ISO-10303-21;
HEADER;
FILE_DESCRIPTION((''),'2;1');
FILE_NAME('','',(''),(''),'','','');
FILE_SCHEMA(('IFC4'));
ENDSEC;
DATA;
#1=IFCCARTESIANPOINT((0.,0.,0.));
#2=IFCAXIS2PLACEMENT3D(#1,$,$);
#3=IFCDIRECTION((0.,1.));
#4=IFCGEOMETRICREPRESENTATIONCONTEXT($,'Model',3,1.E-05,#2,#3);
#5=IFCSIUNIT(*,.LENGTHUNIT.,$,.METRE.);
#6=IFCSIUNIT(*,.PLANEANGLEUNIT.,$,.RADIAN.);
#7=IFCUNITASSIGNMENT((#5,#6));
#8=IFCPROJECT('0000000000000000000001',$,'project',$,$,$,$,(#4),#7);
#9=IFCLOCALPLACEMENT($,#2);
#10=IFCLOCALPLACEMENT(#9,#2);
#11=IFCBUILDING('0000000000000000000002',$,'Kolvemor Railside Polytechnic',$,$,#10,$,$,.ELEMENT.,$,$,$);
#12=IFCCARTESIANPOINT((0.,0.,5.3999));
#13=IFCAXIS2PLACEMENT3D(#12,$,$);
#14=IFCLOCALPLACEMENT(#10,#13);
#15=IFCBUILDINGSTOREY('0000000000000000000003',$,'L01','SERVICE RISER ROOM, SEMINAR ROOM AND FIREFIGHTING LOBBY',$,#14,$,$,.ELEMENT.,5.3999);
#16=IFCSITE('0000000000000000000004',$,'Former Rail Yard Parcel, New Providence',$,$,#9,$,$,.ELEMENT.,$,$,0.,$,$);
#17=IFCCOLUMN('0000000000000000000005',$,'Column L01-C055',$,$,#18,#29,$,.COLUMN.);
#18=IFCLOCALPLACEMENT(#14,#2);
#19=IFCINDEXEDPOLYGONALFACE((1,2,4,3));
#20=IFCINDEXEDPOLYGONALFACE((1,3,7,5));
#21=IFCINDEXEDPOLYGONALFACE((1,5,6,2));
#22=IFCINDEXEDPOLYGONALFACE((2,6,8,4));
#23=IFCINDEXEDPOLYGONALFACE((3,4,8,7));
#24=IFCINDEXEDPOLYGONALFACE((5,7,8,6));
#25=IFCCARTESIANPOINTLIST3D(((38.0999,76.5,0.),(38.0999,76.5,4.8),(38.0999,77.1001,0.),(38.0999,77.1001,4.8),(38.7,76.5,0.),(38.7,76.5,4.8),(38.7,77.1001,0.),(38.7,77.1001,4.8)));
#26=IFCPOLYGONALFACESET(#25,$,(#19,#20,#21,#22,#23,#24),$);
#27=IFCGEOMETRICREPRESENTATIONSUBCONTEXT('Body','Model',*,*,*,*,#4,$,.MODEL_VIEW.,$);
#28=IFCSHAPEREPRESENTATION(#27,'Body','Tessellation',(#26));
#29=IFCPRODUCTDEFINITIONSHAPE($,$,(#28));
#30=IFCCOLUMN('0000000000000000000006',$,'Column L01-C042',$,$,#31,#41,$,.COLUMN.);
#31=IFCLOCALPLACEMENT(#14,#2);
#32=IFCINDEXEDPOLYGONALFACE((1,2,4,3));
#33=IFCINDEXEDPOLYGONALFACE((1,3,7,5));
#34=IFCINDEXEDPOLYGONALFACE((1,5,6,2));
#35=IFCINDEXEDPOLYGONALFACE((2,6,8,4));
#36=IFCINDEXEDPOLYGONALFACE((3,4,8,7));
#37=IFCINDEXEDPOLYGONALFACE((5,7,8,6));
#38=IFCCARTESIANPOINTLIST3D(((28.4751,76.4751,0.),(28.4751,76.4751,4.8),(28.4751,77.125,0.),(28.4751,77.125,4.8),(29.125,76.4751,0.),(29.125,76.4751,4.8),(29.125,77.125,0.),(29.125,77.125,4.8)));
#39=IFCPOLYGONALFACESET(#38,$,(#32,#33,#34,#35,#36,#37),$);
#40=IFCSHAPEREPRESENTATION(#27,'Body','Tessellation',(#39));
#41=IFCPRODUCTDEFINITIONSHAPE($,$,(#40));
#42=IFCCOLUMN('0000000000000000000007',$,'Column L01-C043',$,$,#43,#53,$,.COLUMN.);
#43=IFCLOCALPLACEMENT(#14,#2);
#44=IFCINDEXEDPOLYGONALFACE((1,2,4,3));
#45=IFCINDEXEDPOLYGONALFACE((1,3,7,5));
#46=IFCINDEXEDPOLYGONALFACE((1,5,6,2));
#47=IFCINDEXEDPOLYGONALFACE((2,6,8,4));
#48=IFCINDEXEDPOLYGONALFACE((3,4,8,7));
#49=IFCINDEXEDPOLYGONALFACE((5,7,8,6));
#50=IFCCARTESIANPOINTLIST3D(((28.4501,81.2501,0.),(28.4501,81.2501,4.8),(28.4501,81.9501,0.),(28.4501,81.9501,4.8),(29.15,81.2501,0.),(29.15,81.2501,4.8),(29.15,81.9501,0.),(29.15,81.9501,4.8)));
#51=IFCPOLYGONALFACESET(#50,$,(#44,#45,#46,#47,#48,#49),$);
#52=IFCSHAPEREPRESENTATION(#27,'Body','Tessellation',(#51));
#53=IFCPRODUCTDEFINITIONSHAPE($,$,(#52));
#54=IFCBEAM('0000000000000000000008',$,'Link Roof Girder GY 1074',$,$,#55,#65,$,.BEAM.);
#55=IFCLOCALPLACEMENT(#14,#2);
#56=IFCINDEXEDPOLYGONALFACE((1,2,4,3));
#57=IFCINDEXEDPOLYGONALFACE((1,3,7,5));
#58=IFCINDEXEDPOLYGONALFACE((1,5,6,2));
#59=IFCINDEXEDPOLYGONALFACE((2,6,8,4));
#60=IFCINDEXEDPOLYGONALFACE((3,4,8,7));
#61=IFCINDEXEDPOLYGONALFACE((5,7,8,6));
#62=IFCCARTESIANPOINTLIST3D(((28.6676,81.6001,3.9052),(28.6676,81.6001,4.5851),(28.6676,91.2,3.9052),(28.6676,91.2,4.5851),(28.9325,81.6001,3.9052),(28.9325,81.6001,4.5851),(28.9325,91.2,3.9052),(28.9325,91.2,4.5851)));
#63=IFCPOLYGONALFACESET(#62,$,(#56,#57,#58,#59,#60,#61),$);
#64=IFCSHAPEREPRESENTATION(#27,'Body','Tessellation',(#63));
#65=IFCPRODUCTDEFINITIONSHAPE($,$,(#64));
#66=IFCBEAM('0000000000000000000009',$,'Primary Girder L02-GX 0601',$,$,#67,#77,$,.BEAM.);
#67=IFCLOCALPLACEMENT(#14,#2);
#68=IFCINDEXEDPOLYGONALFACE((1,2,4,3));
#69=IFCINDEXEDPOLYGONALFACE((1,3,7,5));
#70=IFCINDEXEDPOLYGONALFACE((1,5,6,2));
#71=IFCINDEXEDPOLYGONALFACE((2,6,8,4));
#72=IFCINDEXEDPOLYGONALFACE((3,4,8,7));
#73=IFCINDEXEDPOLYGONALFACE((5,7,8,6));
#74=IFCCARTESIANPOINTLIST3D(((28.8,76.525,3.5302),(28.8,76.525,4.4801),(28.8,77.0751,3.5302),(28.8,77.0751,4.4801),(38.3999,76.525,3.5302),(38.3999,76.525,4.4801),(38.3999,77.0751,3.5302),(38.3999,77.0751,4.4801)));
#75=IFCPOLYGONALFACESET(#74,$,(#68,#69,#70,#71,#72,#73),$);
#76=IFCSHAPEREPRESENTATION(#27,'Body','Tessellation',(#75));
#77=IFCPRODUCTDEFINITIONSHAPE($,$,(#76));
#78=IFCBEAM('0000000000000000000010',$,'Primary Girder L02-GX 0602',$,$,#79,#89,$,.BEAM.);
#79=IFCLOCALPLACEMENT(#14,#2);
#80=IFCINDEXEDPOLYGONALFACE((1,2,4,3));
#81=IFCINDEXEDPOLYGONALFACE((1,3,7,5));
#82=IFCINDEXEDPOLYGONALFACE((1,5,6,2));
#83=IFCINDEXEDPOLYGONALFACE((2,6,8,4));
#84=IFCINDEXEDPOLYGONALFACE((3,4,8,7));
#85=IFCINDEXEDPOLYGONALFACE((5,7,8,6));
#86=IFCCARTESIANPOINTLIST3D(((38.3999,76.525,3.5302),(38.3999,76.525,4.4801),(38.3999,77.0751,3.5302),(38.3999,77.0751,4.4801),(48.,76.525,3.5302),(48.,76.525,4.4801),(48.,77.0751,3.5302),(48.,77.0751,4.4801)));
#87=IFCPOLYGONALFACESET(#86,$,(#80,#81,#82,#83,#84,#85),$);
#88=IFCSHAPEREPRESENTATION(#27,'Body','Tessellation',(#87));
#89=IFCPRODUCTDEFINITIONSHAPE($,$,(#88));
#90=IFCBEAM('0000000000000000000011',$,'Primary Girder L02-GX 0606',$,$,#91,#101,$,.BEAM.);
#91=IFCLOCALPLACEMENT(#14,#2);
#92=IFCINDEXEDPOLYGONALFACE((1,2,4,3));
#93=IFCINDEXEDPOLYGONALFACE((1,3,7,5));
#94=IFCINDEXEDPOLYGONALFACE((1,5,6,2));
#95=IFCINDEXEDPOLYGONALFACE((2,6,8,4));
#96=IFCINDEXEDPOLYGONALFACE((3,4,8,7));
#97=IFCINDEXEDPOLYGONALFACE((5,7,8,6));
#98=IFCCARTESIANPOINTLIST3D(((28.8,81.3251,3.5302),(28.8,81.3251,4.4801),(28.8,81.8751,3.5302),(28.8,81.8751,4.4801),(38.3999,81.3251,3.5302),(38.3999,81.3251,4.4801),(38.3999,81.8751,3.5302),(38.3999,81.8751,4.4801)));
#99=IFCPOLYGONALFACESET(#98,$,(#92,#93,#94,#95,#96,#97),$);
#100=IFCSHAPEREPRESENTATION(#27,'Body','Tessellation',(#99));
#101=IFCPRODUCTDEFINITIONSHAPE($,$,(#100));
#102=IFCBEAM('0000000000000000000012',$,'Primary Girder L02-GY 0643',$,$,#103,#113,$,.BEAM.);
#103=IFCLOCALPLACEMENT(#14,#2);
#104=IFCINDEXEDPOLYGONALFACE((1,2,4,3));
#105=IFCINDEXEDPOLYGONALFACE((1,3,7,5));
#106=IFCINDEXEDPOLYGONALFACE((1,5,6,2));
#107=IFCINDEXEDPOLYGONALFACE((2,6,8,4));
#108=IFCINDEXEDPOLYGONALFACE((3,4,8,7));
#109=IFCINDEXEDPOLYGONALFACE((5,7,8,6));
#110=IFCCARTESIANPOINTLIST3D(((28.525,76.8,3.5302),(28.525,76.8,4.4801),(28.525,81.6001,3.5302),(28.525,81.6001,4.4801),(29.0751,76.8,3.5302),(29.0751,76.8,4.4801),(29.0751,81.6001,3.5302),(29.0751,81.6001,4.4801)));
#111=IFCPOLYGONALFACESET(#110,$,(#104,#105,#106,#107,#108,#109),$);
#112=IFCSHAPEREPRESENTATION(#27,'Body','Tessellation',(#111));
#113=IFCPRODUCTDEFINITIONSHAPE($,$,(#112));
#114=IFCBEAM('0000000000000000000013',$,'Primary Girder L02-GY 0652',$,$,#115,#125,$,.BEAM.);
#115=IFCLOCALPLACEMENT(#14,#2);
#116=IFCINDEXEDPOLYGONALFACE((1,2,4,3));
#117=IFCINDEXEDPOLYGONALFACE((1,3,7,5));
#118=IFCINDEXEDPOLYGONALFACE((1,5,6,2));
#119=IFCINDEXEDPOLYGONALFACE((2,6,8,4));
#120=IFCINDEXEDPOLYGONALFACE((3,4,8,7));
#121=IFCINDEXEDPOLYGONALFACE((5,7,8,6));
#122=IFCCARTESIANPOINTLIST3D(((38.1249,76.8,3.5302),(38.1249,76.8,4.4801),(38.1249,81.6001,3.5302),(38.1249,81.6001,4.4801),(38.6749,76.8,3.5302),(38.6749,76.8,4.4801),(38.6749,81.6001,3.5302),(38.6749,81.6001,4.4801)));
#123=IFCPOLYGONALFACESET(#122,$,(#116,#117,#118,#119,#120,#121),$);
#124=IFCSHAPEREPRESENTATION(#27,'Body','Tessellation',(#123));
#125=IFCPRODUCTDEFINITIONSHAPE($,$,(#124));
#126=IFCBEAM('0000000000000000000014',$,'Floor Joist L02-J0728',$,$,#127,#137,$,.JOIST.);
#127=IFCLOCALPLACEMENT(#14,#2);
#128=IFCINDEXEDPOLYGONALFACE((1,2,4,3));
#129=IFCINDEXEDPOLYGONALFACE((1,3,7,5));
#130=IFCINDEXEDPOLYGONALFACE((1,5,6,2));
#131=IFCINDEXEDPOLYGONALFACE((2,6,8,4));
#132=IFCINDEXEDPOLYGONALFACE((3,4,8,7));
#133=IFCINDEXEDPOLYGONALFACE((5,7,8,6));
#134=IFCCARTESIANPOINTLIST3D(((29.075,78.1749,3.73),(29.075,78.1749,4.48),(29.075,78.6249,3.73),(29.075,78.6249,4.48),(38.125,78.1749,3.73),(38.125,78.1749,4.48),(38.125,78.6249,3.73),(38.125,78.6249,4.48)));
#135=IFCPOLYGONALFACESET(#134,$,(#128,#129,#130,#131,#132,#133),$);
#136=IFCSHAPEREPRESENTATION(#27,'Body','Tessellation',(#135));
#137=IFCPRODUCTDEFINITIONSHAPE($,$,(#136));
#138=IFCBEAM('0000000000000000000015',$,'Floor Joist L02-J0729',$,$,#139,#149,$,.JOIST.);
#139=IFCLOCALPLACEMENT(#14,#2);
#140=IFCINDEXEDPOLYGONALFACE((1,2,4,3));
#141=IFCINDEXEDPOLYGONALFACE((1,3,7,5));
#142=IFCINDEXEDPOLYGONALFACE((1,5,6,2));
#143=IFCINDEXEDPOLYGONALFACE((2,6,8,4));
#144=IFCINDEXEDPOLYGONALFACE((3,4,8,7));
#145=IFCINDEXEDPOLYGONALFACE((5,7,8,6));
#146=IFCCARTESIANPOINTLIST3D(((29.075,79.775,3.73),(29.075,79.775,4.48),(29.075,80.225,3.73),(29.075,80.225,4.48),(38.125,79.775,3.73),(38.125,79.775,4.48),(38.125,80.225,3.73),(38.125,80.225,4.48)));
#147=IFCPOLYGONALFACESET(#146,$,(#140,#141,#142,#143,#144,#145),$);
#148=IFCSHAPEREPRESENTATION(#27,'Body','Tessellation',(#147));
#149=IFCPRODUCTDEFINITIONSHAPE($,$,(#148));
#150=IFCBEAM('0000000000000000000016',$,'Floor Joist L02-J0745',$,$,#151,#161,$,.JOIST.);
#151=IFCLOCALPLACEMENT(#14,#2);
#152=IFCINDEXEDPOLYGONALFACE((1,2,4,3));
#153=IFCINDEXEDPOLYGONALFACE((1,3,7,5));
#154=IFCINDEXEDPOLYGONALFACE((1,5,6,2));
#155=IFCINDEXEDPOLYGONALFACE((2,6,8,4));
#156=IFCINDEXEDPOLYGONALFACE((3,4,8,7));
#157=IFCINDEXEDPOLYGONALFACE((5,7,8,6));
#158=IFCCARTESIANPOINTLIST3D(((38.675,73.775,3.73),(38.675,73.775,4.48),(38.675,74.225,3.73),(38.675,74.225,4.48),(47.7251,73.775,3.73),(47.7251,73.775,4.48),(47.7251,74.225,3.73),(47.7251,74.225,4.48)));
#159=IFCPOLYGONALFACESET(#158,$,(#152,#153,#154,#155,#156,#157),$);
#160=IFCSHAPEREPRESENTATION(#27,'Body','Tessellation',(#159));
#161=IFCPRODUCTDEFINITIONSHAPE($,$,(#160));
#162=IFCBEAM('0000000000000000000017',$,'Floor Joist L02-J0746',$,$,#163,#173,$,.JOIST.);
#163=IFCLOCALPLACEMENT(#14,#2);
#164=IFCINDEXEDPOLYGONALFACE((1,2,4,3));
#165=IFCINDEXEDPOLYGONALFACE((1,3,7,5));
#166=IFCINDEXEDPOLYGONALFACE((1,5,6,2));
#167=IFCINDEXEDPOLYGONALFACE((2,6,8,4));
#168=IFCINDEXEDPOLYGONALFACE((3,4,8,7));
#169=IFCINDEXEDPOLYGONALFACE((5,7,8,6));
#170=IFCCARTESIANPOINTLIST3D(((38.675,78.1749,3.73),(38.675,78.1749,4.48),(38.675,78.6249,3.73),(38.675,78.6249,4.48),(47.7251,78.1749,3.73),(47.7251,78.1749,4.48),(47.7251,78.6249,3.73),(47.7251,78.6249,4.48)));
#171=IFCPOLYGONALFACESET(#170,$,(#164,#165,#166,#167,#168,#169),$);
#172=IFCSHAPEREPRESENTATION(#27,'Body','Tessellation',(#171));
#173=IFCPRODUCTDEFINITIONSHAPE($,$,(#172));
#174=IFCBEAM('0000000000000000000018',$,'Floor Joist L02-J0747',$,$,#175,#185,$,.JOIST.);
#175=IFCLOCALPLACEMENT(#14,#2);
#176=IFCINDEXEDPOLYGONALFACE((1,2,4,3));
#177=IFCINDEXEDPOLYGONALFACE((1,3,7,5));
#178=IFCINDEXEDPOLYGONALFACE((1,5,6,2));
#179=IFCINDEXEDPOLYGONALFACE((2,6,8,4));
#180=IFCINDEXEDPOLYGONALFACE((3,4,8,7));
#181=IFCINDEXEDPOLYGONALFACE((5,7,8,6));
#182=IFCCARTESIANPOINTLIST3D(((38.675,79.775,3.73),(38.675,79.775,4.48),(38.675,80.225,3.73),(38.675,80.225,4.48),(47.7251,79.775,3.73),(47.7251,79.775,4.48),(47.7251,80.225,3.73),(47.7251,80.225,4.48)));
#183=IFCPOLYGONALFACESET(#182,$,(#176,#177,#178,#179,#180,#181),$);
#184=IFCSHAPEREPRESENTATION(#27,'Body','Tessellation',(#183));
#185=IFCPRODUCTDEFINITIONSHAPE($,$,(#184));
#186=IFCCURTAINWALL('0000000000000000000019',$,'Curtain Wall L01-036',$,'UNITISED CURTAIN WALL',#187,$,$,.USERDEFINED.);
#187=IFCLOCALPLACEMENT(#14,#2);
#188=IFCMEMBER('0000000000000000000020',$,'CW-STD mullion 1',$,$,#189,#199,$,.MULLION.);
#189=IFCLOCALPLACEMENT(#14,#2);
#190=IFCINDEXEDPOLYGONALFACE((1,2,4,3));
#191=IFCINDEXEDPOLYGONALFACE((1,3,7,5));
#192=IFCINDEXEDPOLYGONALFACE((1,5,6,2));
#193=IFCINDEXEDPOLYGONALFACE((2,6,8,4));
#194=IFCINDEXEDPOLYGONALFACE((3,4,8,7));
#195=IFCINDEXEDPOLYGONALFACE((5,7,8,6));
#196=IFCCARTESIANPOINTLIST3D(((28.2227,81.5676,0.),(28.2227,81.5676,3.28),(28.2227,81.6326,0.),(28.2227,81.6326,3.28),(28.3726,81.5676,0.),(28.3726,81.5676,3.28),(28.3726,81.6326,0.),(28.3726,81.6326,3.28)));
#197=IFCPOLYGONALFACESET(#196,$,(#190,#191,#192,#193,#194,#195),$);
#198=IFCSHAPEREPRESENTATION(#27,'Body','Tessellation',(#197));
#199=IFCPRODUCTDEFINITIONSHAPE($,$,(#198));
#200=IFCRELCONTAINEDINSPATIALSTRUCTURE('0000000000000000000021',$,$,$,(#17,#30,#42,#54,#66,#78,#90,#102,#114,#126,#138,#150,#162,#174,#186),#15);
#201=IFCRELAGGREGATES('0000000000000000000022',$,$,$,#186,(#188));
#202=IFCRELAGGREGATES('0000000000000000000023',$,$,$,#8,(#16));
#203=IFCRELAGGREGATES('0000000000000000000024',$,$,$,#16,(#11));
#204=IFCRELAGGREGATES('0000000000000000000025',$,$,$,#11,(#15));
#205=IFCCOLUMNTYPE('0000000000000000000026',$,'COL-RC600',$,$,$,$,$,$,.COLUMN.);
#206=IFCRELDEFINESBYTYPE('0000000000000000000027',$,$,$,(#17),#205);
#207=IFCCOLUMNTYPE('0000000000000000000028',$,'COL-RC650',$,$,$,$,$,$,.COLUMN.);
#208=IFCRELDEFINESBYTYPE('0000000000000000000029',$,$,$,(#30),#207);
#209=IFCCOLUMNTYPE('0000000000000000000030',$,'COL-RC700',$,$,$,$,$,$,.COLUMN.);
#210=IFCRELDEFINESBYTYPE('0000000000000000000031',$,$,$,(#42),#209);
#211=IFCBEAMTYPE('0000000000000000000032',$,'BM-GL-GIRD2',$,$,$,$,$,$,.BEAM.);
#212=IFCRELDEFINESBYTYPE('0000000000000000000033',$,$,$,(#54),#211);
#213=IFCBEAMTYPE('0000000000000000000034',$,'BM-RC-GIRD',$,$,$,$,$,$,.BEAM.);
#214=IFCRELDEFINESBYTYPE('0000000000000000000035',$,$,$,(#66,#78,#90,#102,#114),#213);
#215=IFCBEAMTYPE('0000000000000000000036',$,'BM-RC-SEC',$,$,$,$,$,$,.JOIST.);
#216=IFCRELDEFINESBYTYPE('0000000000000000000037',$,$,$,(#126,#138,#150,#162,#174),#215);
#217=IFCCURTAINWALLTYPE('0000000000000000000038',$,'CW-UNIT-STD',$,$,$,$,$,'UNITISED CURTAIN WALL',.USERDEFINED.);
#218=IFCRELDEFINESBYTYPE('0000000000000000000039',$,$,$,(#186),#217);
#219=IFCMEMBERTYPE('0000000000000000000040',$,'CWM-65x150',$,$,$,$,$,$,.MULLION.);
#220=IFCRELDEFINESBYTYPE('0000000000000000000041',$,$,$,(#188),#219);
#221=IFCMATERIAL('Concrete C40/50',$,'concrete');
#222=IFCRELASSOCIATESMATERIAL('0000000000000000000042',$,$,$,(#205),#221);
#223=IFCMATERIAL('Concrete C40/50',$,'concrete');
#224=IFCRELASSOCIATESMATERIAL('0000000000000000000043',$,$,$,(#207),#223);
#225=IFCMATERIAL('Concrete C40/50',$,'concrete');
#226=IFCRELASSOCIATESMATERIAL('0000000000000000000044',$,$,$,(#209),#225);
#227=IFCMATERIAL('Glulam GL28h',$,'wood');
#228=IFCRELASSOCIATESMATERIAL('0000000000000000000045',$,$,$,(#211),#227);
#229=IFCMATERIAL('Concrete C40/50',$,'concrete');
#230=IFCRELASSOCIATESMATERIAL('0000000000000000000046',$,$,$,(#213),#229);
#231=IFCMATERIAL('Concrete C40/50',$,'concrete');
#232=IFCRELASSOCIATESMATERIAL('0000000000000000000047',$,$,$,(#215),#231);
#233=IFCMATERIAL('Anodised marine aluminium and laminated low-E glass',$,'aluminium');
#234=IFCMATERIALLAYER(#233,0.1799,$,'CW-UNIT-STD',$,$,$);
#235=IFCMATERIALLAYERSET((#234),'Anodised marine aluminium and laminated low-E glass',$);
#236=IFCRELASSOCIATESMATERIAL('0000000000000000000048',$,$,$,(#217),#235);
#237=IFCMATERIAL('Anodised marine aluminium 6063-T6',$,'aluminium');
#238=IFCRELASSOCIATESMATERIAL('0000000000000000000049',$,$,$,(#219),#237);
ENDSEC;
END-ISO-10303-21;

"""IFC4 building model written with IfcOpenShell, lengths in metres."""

from ifc_helpers import new_model, si_unit, direction, frame, origin, origin_2d, place, context, subcontext, project, spatial, rectangle, extrude, material, layer, layer_set, material_profile, profile_set, type_object, element, aggregate, save


model = new_model("IFC4")

# Units and contexts
model_context = context("Model", 3, precision=1e-05, world=origin(), true_north=direction((0.0, 1.0)))
body_context = subcontext(model_context, "Body", "Model", "MODEL_VIEW")
ifc_project = project(units=[si_unit("LENGTHUNIT", "METRE"), si_unit("PLANEANGLEUNIT", "RADIAN")], contexts=[model_context])

# Site, building, storey
site_placement = place(None, origin())
site = spatial("IfcSite", under=ifc_project, at=site_placement, Name="Former Rail Yard Parcel, New Providence", CompositionType="ELEMENT", RefElevation=0.0)
building_placement = place(site_placement, origin())
building = spatial("IfcBuilding", under=site, at=building_placement, Name="Kolvemor Railside Polytechnic", CompositionType="ELEMENT")
storey_placement = place(building_placement, frame((0.0, 0.0, 5.3999)))
storey = spatial("IfcBuildingStorey", under=building, at=storey_placement, Name="L01", Description="SERVICE RISER ROOM, SEMINAR ROOM AND FIREFIGHTING LOBBY", CompositionType="ELEMENT", Elevation=5.3999)

# Columns
ifc_material_1 = material(Name="Concrete C40/50", Category="concrete")
ifc_material_profile_1 = material_profile(ifc_material_1, rectangle(XDim=0.6001, YDim=0.6001, at=origin_2d()), Name="RC600x600")
ifc_profile_set_1 = profile_set([ifc_material_profile_1], Name="Concrete C40/50")
column_type_1 = type_object("IfcColumnType", Name="COL-RC600", PredefinedType="COLUMN", material=ifc_profile_set_1)
column_1_placement = place(storey_placement, frame((38.3999, 76.8, 0.0), z_axis=(0.0, 0.0, 1.0), x_axis=(1.0, 0.0, 0.0)))
element("IfcColumn", 1, at=column_1_placement, inside=storey, type_object=column_type_1, Name="Column L01-C055", PredefinedType="COLUMN", context=body_context, shape_type="SweptSolid", body=[
    extrude(rectangle(XDim=0.6001, YDim=0.6001, at=origin_2d()), origin(), (0.0, 0.0, 1.0), 4.8),
])
ifc_material_2 = material(Name="Concrete C40/50", Category="concrete")
ifc_material_profile_2 = material_profile(ifc_material_2, rectangle(XDim=0.6499, YDim=0.6499, at=origin_2d()), Name="RC650x650")
ifc_profile_set_2 = profile_set([ifc_material_profile_2], Name="Concrete C40/50")
column_type_2 = type_object("IfcColumnType", Name="COL-RC650", PredefinedType="COLUMN", material=ifc_profile_set_2)
column_2_placement = place(storey_placement, frame((28.8, 76.8, 0.0), z_axis=(0.0, 0.0, 1.0), x_axis=(1.0, 0.0, 0.0)))
element("IfcColumn", 2, at=column_2_placement, inside=storey, type_object=column_type_2, Name="Column L01-C042", PredefinedType="COLUMN", context=body_context, shape_type="SweptSolid", body=[
    extrude(rectangle(XDim=0.6499, YDim=0.6499, at=origin_2d()), origin(), (0.0, 0.0, 1.0), 4.8),
])
ifc_material_3 = material(Name="Concrete C40/50", Category="concrete")
ifc_material_profile_3 = material_profile(ifc_material_3, rectangle(XDim=0.7, YDim=0.7, at=origin_2d()), Name="RC700x700")
ifc_profile_set_3 = profile_set([ifc_material_profile_3], Name="Concrete C40/50")
column_type_3 = type_object("IfcColumnType", Name="COL-RC700", PredefinedType="COLUMN", material=ifc_profile_set_3)
column_3_placement = place(storey_placement, frame((28.8, 81.6001, 0.0), z_axis=(0.0, 0.0, 1.0), x_axis=(1.0, 0.0, 0.0)))
element("IfcColumn", 3, at=column_3_placement, inside=storey, type_object=column_type_3, Name="Column L01-C043", PredefinedType="COLUMN", context=body_context, shape_type="SweptSolid", body=[
    extrude(rectangle(XDim=0.7, YDim=0.7, at=origin_2d()), origin(), (0.0, 0.0, 1.0), 4.8),
])

# Beams
ifc_material_4 = material(Name="Glulam GL28h", Category="wood")
ifc_material_profile_4 = material_profile(ifc_material_4, rectangle(XDim=0.2649, YDim=0.6799, at=origin_2d()), Name="GL265x680")
ifc_profile_set_4 = profile_set([ifc_material_profile_4], Name="Glulam GL28h")
beam_type_1 = type_object("IfcBeamType", Name="BM-GL-GIRD2", PredefinedType="BEAM", material=ifc_profile_set_4)
beam_1_placement = place(storey_placement, frame((28.8, 81.6001, 4.2451), z_axis=(0.0, 1.0, 0.0), x_axis=(-1.0, 0.0, 0.0)))
element("IfcBeam", 4, at=beam_1_placement, inside=storey, type_object=beam_type_1, Name="Link Roof Girder GY 1074", PredefinedType="BEAM", context=body_context, shape_type="SweptSolid", body=[
    extrude(rectangle(XDim=0.2649, YDim=0.6799, at=origin_2d()), origin(), (0.0, 0.0, 1.0), 9.5999),
])
ifc_material_5 = material(Name="Concrete C40/50", Category="concrete")
ifc_material_profile_5 = material_profile(ifc_material_5, rectangle(XDim=0.55, YDim=0.95, at=origin_2d()), Name="RC550x950")
ifc_profile_set_5 = profile_set([ifc_material_profile_5], Name="Concrete C40/50")
beam_type_2 = type_object("IfcBeamType", Name="BM-RC-GIRD", PredefinedType="BEAM", material=ifc_profile_set_5)
beam_2_placement = place(storey_placement, frame((28.8, 76.8, 4.0051), z_axis=(1.0, 0.0, 0.0), x_axis=(0.0, 1.0, 0.0)))
element("IfcBeam", 5, at=beam_2_placement, inside=storey, type_object=beam_type_2, Name="Primary Girder L02-GX 0601", PredefinedType="BEAM", context=body_context, shape_type="SweptSolid", body=[
    extrude(rectangle(XDim=0.55, YDim=0.95, at=origin_2d()), origin(), (0.0, 0.0, 1.0), 9.5999),
])
beam_3_placement = place(storey_placement, frame((38.3999, 76.8, 4.0051), z_axis=(1.0, 0.0, 0.0), x_axis=(0.0, 1.0, 0.0)))
element("IfcBeam", 6, at=beam_3_placement, inside=storey, type_object=beam_type_2, Name="Primary Girder L02-GX 0602", PredefinedType="BEAM", context=body_context, shape_type="SweptSolid", body=[
    extrude(rectangle(XDim=0.55, YDim=0.95, at=origin_2d()), origin(), (0.0, 0.0, 1.0), 9.6001),
])
beam_4_placement = place(storey_placement, frame((28.8, 81.6001, 4.0051), z_axis=(1.0, 0.0, 0.0), x_axis=(0.0, 1.0, 0.0)))
element("IfcBeam", 7, at=beam_4_placement, inside=storey, type_object=beam_type_2, Name="Primary Girder L02-GX 0606", PredefinedType="BEAM", context=body_context, shape_type="SweptSolid", body=[
    extrude(rectangle(XDim=0.55, YDim=0.95, at=origin_2d()), origin(), (0.0, 0.0, 1.0), 9.5999),
])
for number, where, z_axis, x_axis, name in (
    (8, (28.8, 76.8, 4.0051), (0.0, 1.0, 0.0), (-1.0, 0.0, 0.0), "Primary Girder L02-GY 0643"),
    (9, (38.3999, 76.8, 4.0051), (0.0, 1.0, 0.0), (-1.0, 0.0, 0.0), "Primary Girder L02-GY 0652"),
):
    element("IfcBeam", number, at=place(storey_placement, frame(where, z_axis=z_axis, x_axis=x_axis)), inside=storey, type_object=beam_type_2, Name=name, PredefinedType="BEAM", context=body_context, shape_type="SweptSolid", body=[
        extrude(rectangle(XDim=0.55, YDim=0.95, at=origin_2d()), origin(), (0.0, 0.0, 1.0), 4.8),
    ])
ifc_material_6 = material(Name="Concrete C40/50", Category="concrete")
ifc_material_profile_6 = material_profile(ifc_material_6, rectangle(XDim=0.45, YDim=0.75, at=origin_2d()), Name="RC450x750")
ifc_profile_set_6 = profile_set([ifc_material_profile_6], Name="Concrete C40/50")
beam_type_3 = type_object("IfcBeamType", Name="BM-RC-SEC", PredefinedType="JOIST", material=ifc_profile_set_6)
for number, where, z_axis, x_axis, name in (
    (10, (29.075, 78.3999, 4.105), (1.0, 0.0, 0.0), (0.0, 1.0, 0.0), "Floor Joist L02-J0728"),
    (11, (29.075, 80.0, 4.105), (1.0, 0.0, 0.0), (0.0, 1.0, 0.0), "Floor Joist L02-J0729"),
    (12, (38.675, 74.0, 4.105), (1.0, 0.0, 0.0), (0.0, 1.0, 0.0), "Floor Joist L02-J0745"),
    (13, (38.675, 78.3999, 4.105), (1.0, 0.0, 0.0), (0.0, 1.0, 0.0), "Floor Joist L02-J0746"),
    (14, (38.675, 80.0, 4.105), (1.0, 0.0, 0.0), (0.0, 1.0, 0.0), "Floor Joist L02-J0747"),
):
    element("IfcBeam", number, at=place(storey_placement, frame(where, z_axis=z_axis, x_axis=x_axis)), inside=storey, type_object=beam_type_3, Name=name, PredefinedType="JOIST", context=body_context, shape_type="SweptSolid", body=[
        extrude(rectangle(XDim=0.45, YDim=0.75, at=origin_2d()), origin(), (0.0, 0.0, 1.0), 9.05),
    ])

# Curtain wall, member
ifc_material_7 = material(Name="Anodised marine aluminium and laminated low-E glass", Category="aluminium")
ifc_layer_1 = layer(ifc_material_7, 0.1799, Name="CW-UNIT-STD")
ifc_layer_set_1 = layer_set([ifc_layer_1], Name="Anodised marine aluminium and laminated low-E glass")
curtain_wall_type = type_object("IfcCurtainWallType", Name="CW-UNIT-STD", ElementType="UNITISED CURTAIN WALL", PredefinedType="USERDEFINED", material=ifc_layer_set_1)
curtain_wall_1_placement = place(storey_placement, origin())
curtain_wall_1 = element("IfcCurtainWall", 15, at=curtain_wall_1_placement, inside=storey, type_object=curtain_wall_type, Name="Curtain Wall L01-036", ObjectType="UNITISED CURTAIN WALL", PredefinedType="USERDEFINED")
ifc_material_8 = material(Name="Anodised marine aluminium 6063-T6", Category="aluminium")
ifc_material_profile_7 = material_profile(ifc_material_8, rectangle(XDim=0.0649, YDim=0.1499, at=origin_2d()), Name="CW-MUL-65x150")
ifc_profile_set_7 = profile_set([ifc_material_profile_7], Name="Anodised marine aluminium 6063-T6")
member_type_1 = type_object("IfcMemberType", Name="CWM-65x150", PredefinedType="MULLION", material=ifc_profile_set_7)
member_1_placement = place(storey_placement, frame((28.2976, 81.6001, 0.0), z_axis=(0.0, 0.0, 1.0), x_axis=(0.0, -1.0, 0.0)))
member_1 = element("IfcMember", 16, at=member_1_placement, type_object=member_type_1, Name="CW-STD mullion 1", PredefinedType="MULLION", context=body_context, shape_type="SweptSolid", body=[
    extrude(rectangle(XDim=0.0649, YDim=0.1499, at=origin_2d()), origin(), (0.0, 0.0, 1.0), 3.28),
])

aggregate(curtain_wall_1, [member_1])

save(model, "model.ifc")
